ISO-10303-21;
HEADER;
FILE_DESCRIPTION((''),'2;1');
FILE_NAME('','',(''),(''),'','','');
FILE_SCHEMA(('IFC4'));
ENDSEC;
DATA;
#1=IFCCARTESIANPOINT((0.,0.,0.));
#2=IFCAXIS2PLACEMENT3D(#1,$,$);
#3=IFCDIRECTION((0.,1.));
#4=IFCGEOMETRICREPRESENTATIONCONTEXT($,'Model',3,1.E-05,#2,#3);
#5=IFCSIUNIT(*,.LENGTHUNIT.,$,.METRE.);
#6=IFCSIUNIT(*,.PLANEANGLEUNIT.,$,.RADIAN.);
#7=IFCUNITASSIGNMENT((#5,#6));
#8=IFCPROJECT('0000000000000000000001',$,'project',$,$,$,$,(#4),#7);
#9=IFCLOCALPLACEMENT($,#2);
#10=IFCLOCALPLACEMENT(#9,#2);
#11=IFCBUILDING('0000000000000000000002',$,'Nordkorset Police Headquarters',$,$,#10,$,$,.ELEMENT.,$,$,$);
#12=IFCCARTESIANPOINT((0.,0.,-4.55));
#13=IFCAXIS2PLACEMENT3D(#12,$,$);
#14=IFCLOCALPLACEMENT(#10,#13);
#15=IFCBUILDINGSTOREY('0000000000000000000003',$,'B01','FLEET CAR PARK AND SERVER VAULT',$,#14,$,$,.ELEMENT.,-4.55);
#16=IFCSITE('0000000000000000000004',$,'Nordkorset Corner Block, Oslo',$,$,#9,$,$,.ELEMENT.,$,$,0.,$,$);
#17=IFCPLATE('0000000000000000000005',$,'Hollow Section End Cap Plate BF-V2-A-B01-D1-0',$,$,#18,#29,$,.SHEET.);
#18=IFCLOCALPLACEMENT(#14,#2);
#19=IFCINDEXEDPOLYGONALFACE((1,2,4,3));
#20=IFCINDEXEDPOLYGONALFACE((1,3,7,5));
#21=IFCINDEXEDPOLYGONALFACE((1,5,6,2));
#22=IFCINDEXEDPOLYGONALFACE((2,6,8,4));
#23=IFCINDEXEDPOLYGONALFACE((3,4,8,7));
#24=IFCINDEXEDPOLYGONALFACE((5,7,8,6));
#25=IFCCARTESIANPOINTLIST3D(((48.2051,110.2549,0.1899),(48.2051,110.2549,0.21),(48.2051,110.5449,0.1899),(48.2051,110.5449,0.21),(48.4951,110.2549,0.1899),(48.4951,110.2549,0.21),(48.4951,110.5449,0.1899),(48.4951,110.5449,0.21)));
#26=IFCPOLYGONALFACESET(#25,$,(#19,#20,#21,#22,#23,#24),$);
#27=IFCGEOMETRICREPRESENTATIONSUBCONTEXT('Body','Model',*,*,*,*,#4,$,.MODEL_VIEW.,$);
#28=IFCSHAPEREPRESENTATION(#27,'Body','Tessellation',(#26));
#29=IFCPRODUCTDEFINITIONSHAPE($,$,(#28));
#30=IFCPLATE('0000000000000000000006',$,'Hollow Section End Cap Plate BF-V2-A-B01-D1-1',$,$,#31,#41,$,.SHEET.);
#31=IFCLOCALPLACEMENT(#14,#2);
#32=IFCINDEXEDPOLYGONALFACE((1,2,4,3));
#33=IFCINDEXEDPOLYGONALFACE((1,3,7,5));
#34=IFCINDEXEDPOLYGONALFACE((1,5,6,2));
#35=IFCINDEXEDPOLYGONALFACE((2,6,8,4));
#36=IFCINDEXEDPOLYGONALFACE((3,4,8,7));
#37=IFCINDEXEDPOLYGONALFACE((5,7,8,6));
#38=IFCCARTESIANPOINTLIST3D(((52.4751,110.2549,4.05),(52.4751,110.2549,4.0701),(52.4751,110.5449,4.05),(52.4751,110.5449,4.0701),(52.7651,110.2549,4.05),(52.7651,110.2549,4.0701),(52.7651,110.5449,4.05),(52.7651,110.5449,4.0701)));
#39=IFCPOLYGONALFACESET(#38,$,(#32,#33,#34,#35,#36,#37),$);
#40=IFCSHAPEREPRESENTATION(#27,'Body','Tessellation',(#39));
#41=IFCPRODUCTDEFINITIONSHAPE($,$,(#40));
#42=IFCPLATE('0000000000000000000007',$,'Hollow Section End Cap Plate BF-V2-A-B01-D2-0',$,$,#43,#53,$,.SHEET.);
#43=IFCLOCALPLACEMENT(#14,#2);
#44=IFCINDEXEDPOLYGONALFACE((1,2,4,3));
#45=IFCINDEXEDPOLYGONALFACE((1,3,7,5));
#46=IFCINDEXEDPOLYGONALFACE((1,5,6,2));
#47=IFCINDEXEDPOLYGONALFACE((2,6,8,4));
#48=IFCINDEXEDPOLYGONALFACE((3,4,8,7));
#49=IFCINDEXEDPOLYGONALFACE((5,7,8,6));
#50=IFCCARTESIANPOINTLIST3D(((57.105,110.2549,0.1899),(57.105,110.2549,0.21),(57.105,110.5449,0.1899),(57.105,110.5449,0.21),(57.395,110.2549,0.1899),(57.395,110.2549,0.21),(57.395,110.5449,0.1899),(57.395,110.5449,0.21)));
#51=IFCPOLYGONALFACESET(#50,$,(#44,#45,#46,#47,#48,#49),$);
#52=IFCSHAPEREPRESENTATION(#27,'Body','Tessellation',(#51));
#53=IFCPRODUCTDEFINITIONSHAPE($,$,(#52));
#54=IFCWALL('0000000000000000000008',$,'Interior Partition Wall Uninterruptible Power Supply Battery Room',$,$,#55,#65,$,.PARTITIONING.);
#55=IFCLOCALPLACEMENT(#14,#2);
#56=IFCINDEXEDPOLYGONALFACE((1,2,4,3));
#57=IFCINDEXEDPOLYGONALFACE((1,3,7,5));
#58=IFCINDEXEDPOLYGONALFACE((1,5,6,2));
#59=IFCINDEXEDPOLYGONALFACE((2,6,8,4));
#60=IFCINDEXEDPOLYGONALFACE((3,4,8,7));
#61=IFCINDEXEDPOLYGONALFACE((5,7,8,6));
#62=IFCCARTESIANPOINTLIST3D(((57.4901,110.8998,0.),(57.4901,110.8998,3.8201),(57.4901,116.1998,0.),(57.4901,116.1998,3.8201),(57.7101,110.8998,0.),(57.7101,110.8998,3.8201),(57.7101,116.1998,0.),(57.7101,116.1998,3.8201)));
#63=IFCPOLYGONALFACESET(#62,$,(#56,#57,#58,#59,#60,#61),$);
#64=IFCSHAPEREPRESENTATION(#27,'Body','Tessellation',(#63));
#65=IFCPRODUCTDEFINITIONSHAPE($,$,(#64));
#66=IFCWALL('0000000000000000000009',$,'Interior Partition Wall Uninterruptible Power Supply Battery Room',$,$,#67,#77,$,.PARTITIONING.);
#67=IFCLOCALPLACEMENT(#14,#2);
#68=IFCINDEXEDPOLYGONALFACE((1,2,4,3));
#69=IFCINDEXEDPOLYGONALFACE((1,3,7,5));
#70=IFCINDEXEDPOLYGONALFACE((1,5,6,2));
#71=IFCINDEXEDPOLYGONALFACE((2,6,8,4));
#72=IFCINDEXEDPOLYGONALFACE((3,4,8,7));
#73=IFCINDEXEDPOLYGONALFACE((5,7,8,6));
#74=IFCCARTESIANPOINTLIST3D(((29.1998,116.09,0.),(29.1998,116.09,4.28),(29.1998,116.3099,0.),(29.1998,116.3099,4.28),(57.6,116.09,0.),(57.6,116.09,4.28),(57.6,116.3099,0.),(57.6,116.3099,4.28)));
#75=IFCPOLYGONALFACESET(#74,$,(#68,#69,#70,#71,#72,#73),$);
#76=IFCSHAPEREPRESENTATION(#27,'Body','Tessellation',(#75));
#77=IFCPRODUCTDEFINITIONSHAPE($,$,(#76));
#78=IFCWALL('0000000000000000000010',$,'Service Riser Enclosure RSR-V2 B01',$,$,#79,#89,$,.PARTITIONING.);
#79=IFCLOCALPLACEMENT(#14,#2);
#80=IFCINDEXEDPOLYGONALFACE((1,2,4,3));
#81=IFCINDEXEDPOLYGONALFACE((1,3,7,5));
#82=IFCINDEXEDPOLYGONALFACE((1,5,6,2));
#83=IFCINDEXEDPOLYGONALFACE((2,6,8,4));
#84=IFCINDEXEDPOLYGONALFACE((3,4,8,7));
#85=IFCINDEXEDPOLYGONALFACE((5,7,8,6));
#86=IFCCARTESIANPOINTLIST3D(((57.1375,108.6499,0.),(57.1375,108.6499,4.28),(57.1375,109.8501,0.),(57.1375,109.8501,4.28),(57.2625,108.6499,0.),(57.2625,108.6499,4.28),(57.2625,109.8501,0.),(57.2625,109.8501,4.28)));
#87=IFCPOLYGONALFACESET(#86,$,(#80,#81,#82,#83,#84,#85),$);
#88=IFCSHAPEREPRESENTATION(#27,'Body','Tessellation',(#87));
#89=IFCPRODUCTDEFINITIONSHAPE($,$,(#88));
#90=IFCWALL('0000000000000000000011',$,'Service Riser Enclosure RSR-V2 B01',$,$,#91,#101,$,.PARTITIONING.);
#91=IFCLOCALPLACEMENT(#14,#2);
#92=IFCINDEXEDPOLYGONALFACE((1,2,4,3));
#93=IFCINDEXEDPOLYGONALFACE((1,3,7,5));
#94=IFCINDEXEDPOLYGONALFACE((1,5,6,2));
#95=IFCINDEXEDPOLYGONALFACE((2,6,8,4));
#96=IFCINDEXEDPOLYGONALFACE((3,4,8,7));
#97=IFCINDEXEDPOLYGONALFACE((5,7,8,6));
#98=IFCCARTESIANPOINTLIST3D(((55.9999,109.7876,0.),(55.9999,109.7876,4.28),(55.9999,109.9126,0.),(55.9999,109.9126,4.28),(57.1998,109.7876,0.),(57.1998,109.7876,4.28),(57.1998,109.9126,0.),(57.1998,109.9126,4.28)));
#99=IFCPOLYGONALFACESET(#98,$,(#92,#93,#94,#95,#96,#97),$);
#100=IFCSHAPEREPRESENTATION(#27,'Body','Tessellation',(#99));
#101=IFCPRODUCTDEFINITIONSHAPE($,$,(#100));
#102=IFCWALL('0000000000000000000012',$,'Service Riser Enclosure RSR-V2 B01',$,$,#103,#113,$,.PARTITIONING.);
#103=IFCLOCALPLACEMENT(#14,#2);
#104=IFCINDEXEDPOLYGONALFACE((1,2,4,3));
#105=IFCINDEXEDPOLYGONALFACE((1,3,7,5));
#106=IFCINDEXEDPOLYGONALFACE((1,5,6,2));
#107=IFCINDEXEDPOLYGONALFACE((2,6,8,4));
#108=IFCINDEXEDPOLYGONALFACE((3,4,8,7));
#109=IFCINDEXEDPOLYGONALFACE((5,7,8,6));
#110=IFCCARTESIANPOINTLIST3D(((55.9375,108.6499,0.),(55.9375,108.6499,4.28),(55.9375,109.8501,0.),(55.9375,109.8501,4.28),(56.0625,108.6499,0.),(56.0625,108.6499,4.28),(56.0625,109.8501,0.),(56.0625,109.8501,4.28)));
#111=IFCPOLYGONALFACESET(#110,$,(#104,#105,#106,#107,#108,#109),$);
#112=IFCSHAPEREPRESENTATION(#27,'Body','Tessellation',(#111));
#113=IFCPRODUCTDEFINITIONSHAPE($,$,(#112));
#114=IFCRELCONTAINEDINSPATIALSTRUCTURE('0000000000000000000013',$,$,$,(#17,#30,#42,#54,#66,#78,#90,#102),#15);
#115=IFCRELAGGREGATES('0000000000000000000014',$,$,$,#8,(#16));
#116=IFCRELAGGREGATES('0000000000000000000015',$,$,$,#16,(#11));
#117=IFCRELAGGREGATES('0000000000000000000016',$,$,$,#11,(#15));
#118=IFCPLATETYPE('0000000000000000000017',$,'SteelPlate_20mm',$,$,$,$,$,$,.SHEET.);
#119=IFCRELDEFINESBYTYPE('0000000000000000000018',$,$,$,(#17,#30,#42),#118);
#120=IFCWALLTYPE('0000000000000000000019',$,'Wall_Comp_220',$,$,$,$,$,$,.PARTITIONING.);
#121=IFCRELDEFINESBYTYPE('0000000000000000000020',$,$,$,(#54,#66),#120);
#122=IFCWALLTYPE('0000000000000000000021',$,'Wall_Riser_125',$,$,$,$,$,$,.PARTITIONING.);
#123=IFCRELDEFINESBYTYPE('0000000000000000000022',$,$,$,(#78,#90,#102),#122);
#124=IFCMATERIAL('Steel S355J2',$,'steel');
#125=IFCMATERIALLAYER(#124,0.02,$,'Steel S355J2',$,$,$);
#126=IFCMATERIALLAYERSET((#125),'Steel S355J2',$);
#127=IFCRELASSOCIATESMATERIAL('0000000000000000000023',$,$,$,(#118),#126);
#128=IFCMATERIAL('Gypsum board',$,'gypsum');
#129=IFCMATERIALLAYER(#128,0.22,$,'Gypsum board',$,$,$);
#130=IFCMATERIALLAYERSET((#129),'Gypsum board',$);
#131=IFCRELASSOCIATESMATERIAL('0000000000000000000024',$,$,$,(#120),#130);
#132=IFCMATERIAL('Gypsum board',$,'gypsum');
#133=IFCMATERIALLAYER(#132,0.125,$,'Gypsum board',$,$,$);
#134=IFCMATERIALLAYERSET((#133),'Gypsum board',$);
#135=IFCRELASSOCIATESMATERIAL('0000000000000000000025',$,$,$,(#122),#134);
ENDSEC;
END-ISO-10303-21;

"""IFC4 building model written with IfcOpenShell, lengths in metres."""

from ifc_helpers import new_model, si_unit, direction, frame, frame_2d, origin, origin_2d, place, context, subcontext, project, spatial, rectangle, extrude, material, layer, layer_set, type_object, element, save


model = new_model("IFC4")

# Units and contexts
model_context = context("Model", 3, precision=1e-05, world=origin(), true_north=direction((0.0, 1.0)))
body_context = subcontext(model_context, "Body", "Model", "MODEL_VIEW")
ifc_project = project(units=[si_unit("LENGTHUNIT", "METRE"), si_unit("PLANEANGLEUNIT", "RADIAN")], contexts=[model_context])

# Site, building, storey
site_placement = place(None, origin())
site = spatial("IfcSite", under=ifc_project, at=site_placement, Name="Nordkorset Corner Block, Oslo", CompositionType="ELEMENT", RefElevation=0.0)
building_placement = place(site_placement, origin())
building = spatial("IfcBuilding", under=site, at=building_placement, Name="Nordkorset Police Headquarters", CompositionType="ELEMENT")
storey_placement = place(building_placement, frame((0.0, 0.0, -4.55)))
storey = spatial("IfcBuildingStorey", under=building, at=storey_placement, Name="B01", Description="FLEET CAR PARK AND SERVER VAULT", CompositionType="ELEMENT", Elevation=-4.55)

# Plates
ifc_material_1 = material(Name="Steel S355J2", Category="steel")
ifc_layer_1 = layer(ifc_material_1, 0.02, Name="Steel S355J2")
ifc_layer_set_1 = layer_set([ifc_layer_1], Name="Steel S355J2")
plate_type = type_object("IfcPlateType", Name="SteelPlate_20mm", PredefinedType="SHEET", material=ifc_layer_set_1)
for number, where, z_axis, x_axis, name in (
    (1, (48.3501, 110.3999, 0.1899), (0.0, 0.0, 1.0), (1.0, 0.0, 0.0), "Hollow Section End Cap Plate BF-V2-A-B01-D1-0"),
    (2, (52.6201, 110.3999, 4.05), (0.0, 0.0, 1.0), (1.0, 0.0, 0.0), "Hollow Section End Cap Plate BF-V2-A-B01-D1-1"),
    (3, (57.25, 110.3999, 0.1899), (0.0, 0.0, 1.0), (1.0, 0.0, 0.0), "Hollow Section End Cap Plate BF-V2-A-B01-D2-0"),
):
    element("IfcPlate", number, at=place(storey_placement, frame(where, z_axis=z_axis, x_axis=x_axis)), inside=storey, type_object=plate_type, Name=name, PredefinedType="SHEET", context=body_context, shape_type="SweptSolid", body=[
        extrude(rectangle(XDim=0.29, YDim=0.29, at=origin_2d()), origin(), (0.0, 0.0, 1.0), 0.02),
    ])

# Walls
ifc_material_2 = material(Name="Gypsum board", Category="gypsum")
ifc_layer_2 = layer(ifc_material_2, 0.22, Name="Gypsum board")
ifc_layer_set_2 = layer_set([ifc_layer_2], Name="Gypsum board")
wall_type_1 = type_object("IfcWallType", Name="Wall_Comp_220", PredefinedType="PARTITIONING", material=ifc_layer_set_2)
wall_1_placement = place(storey_placement, frame((57.6001, 110.8999, 0.0), z_axis=(0.0, 0.0, 1.0), x_axis=(0.0, 1.0, 0.0)))
element("IfcWall", 4, at=wall_1_placement, inside=storey, type_object=wall_type_1, Name="Interior Partition Wall Uninterruptible Power Supply Battery Room", PredefinedType="PARTITIONING", context=body_context, shape_type="SweptSolid", body=[
    extrude(rectangle(XDim=5.3, YDim=0.22, at=frame_2d((2.6499, 0.0))), origin(), (0.0, 0.0, 1.0), 3.8201),
])
wall_2_placement = place(storey_placement, frame((57.6001, 116.2, 0.0), z_axis=(0.0, 0.0, 1.0), x_axis=(-1.0, 0.0, 0.0)))
element("IfcWall", 5, at=wall_2_placement, inside=storey, type_object=wall_type_1, Name="Interior Partition Wall Uninterruptible Power Supply Battery Room", PredefinedType="PARTITIONING", context=body_context, shape_type="SweptSolid", body=[
    extrude(rectangle(XDim=28.4001, YDim=0.22, at=frame_2d((14.2002, 0.0))), origin(), (0.0, 0.0, 1.0), 4.28),
])
ifc_material_3 = material(Name="Gypsum board", Category="gypsum")
ifc_layer_3 = layer(ifc_material_3, 0.125, Name="Gypsum board")
ifc_layer_set_3 = layer_set([ifc_layer_3], Name="Gypsum board")
wall_type_2 = type_object("IfcWallType", Name="Wall_Riser_125", PredefinedType="PARTITIONING", material=ifc_layer_set_3)
wall_3_placement = place(storey_placement, frame((57.2, 108.6499, 0.0), z_axis=(0.0, 0.0, 1.0), x_axis=(0.0, 1.0, 0.0)))
element("IfcWall", 6, at=wall_3_placement, inside=storey, type_object=wall_type_2, Name="Service Riser Enclosure RSR-V2 B01", PredefinedType="PARTITIONING", context=body_context, shape_type="SweptSolid", body=[
    extrude(rectangle(XDim=1.2002, YDim=0.125, at=frame_2d((0.6001, 0.0))), origin(), (0.0, 0.0, 1.0), 4.28),
])
wall_4_placement = place(storey_placement, frame((57.2, 109.8501, 0.0), z_axis=(0.0, 0.0, 1.0), x_axis=(-1.0, 0.0, 0.0)))
element("IfcWall", 7, at=wall_4_placement, inside=storey, type_object=wall_type_2, Name="Service Riser Enclosure RSR-V2 B01", PredefinedType="PARTITIONING", context=body_context, shape_type="SweptSolid", body=[
    extrude(rectangle(XDim=1.2, YDim=0.125, at=frame_2d((0.6001, 0.0))), origin(), (0.0, 0.0, 1.0), 4.28),
])
wall_5_placement = place(storey_placement, frame((56.0, 109.8501, 0.0), z_axis=(0.0, 0.0, 1.0), x_axis=(0.0, -1.0, 0.0)))
element("IfcWall", 8, at=wall_5_placement, inside=storey, type_object=wall_type_2, Name="Service Riser Enclosure RSR-V2 B01", PredefinedType="PARTITIONING", context=body_context, shape_type="SweptSolid", body=[
    extrude(rectangle(XDim=1.2002, YDim=0.125, at=frame_2d((0.6001, 0.0))), origin(), (0.0, 0.0, 1.0), 4.28),
])

save(model, "model.ifc")
